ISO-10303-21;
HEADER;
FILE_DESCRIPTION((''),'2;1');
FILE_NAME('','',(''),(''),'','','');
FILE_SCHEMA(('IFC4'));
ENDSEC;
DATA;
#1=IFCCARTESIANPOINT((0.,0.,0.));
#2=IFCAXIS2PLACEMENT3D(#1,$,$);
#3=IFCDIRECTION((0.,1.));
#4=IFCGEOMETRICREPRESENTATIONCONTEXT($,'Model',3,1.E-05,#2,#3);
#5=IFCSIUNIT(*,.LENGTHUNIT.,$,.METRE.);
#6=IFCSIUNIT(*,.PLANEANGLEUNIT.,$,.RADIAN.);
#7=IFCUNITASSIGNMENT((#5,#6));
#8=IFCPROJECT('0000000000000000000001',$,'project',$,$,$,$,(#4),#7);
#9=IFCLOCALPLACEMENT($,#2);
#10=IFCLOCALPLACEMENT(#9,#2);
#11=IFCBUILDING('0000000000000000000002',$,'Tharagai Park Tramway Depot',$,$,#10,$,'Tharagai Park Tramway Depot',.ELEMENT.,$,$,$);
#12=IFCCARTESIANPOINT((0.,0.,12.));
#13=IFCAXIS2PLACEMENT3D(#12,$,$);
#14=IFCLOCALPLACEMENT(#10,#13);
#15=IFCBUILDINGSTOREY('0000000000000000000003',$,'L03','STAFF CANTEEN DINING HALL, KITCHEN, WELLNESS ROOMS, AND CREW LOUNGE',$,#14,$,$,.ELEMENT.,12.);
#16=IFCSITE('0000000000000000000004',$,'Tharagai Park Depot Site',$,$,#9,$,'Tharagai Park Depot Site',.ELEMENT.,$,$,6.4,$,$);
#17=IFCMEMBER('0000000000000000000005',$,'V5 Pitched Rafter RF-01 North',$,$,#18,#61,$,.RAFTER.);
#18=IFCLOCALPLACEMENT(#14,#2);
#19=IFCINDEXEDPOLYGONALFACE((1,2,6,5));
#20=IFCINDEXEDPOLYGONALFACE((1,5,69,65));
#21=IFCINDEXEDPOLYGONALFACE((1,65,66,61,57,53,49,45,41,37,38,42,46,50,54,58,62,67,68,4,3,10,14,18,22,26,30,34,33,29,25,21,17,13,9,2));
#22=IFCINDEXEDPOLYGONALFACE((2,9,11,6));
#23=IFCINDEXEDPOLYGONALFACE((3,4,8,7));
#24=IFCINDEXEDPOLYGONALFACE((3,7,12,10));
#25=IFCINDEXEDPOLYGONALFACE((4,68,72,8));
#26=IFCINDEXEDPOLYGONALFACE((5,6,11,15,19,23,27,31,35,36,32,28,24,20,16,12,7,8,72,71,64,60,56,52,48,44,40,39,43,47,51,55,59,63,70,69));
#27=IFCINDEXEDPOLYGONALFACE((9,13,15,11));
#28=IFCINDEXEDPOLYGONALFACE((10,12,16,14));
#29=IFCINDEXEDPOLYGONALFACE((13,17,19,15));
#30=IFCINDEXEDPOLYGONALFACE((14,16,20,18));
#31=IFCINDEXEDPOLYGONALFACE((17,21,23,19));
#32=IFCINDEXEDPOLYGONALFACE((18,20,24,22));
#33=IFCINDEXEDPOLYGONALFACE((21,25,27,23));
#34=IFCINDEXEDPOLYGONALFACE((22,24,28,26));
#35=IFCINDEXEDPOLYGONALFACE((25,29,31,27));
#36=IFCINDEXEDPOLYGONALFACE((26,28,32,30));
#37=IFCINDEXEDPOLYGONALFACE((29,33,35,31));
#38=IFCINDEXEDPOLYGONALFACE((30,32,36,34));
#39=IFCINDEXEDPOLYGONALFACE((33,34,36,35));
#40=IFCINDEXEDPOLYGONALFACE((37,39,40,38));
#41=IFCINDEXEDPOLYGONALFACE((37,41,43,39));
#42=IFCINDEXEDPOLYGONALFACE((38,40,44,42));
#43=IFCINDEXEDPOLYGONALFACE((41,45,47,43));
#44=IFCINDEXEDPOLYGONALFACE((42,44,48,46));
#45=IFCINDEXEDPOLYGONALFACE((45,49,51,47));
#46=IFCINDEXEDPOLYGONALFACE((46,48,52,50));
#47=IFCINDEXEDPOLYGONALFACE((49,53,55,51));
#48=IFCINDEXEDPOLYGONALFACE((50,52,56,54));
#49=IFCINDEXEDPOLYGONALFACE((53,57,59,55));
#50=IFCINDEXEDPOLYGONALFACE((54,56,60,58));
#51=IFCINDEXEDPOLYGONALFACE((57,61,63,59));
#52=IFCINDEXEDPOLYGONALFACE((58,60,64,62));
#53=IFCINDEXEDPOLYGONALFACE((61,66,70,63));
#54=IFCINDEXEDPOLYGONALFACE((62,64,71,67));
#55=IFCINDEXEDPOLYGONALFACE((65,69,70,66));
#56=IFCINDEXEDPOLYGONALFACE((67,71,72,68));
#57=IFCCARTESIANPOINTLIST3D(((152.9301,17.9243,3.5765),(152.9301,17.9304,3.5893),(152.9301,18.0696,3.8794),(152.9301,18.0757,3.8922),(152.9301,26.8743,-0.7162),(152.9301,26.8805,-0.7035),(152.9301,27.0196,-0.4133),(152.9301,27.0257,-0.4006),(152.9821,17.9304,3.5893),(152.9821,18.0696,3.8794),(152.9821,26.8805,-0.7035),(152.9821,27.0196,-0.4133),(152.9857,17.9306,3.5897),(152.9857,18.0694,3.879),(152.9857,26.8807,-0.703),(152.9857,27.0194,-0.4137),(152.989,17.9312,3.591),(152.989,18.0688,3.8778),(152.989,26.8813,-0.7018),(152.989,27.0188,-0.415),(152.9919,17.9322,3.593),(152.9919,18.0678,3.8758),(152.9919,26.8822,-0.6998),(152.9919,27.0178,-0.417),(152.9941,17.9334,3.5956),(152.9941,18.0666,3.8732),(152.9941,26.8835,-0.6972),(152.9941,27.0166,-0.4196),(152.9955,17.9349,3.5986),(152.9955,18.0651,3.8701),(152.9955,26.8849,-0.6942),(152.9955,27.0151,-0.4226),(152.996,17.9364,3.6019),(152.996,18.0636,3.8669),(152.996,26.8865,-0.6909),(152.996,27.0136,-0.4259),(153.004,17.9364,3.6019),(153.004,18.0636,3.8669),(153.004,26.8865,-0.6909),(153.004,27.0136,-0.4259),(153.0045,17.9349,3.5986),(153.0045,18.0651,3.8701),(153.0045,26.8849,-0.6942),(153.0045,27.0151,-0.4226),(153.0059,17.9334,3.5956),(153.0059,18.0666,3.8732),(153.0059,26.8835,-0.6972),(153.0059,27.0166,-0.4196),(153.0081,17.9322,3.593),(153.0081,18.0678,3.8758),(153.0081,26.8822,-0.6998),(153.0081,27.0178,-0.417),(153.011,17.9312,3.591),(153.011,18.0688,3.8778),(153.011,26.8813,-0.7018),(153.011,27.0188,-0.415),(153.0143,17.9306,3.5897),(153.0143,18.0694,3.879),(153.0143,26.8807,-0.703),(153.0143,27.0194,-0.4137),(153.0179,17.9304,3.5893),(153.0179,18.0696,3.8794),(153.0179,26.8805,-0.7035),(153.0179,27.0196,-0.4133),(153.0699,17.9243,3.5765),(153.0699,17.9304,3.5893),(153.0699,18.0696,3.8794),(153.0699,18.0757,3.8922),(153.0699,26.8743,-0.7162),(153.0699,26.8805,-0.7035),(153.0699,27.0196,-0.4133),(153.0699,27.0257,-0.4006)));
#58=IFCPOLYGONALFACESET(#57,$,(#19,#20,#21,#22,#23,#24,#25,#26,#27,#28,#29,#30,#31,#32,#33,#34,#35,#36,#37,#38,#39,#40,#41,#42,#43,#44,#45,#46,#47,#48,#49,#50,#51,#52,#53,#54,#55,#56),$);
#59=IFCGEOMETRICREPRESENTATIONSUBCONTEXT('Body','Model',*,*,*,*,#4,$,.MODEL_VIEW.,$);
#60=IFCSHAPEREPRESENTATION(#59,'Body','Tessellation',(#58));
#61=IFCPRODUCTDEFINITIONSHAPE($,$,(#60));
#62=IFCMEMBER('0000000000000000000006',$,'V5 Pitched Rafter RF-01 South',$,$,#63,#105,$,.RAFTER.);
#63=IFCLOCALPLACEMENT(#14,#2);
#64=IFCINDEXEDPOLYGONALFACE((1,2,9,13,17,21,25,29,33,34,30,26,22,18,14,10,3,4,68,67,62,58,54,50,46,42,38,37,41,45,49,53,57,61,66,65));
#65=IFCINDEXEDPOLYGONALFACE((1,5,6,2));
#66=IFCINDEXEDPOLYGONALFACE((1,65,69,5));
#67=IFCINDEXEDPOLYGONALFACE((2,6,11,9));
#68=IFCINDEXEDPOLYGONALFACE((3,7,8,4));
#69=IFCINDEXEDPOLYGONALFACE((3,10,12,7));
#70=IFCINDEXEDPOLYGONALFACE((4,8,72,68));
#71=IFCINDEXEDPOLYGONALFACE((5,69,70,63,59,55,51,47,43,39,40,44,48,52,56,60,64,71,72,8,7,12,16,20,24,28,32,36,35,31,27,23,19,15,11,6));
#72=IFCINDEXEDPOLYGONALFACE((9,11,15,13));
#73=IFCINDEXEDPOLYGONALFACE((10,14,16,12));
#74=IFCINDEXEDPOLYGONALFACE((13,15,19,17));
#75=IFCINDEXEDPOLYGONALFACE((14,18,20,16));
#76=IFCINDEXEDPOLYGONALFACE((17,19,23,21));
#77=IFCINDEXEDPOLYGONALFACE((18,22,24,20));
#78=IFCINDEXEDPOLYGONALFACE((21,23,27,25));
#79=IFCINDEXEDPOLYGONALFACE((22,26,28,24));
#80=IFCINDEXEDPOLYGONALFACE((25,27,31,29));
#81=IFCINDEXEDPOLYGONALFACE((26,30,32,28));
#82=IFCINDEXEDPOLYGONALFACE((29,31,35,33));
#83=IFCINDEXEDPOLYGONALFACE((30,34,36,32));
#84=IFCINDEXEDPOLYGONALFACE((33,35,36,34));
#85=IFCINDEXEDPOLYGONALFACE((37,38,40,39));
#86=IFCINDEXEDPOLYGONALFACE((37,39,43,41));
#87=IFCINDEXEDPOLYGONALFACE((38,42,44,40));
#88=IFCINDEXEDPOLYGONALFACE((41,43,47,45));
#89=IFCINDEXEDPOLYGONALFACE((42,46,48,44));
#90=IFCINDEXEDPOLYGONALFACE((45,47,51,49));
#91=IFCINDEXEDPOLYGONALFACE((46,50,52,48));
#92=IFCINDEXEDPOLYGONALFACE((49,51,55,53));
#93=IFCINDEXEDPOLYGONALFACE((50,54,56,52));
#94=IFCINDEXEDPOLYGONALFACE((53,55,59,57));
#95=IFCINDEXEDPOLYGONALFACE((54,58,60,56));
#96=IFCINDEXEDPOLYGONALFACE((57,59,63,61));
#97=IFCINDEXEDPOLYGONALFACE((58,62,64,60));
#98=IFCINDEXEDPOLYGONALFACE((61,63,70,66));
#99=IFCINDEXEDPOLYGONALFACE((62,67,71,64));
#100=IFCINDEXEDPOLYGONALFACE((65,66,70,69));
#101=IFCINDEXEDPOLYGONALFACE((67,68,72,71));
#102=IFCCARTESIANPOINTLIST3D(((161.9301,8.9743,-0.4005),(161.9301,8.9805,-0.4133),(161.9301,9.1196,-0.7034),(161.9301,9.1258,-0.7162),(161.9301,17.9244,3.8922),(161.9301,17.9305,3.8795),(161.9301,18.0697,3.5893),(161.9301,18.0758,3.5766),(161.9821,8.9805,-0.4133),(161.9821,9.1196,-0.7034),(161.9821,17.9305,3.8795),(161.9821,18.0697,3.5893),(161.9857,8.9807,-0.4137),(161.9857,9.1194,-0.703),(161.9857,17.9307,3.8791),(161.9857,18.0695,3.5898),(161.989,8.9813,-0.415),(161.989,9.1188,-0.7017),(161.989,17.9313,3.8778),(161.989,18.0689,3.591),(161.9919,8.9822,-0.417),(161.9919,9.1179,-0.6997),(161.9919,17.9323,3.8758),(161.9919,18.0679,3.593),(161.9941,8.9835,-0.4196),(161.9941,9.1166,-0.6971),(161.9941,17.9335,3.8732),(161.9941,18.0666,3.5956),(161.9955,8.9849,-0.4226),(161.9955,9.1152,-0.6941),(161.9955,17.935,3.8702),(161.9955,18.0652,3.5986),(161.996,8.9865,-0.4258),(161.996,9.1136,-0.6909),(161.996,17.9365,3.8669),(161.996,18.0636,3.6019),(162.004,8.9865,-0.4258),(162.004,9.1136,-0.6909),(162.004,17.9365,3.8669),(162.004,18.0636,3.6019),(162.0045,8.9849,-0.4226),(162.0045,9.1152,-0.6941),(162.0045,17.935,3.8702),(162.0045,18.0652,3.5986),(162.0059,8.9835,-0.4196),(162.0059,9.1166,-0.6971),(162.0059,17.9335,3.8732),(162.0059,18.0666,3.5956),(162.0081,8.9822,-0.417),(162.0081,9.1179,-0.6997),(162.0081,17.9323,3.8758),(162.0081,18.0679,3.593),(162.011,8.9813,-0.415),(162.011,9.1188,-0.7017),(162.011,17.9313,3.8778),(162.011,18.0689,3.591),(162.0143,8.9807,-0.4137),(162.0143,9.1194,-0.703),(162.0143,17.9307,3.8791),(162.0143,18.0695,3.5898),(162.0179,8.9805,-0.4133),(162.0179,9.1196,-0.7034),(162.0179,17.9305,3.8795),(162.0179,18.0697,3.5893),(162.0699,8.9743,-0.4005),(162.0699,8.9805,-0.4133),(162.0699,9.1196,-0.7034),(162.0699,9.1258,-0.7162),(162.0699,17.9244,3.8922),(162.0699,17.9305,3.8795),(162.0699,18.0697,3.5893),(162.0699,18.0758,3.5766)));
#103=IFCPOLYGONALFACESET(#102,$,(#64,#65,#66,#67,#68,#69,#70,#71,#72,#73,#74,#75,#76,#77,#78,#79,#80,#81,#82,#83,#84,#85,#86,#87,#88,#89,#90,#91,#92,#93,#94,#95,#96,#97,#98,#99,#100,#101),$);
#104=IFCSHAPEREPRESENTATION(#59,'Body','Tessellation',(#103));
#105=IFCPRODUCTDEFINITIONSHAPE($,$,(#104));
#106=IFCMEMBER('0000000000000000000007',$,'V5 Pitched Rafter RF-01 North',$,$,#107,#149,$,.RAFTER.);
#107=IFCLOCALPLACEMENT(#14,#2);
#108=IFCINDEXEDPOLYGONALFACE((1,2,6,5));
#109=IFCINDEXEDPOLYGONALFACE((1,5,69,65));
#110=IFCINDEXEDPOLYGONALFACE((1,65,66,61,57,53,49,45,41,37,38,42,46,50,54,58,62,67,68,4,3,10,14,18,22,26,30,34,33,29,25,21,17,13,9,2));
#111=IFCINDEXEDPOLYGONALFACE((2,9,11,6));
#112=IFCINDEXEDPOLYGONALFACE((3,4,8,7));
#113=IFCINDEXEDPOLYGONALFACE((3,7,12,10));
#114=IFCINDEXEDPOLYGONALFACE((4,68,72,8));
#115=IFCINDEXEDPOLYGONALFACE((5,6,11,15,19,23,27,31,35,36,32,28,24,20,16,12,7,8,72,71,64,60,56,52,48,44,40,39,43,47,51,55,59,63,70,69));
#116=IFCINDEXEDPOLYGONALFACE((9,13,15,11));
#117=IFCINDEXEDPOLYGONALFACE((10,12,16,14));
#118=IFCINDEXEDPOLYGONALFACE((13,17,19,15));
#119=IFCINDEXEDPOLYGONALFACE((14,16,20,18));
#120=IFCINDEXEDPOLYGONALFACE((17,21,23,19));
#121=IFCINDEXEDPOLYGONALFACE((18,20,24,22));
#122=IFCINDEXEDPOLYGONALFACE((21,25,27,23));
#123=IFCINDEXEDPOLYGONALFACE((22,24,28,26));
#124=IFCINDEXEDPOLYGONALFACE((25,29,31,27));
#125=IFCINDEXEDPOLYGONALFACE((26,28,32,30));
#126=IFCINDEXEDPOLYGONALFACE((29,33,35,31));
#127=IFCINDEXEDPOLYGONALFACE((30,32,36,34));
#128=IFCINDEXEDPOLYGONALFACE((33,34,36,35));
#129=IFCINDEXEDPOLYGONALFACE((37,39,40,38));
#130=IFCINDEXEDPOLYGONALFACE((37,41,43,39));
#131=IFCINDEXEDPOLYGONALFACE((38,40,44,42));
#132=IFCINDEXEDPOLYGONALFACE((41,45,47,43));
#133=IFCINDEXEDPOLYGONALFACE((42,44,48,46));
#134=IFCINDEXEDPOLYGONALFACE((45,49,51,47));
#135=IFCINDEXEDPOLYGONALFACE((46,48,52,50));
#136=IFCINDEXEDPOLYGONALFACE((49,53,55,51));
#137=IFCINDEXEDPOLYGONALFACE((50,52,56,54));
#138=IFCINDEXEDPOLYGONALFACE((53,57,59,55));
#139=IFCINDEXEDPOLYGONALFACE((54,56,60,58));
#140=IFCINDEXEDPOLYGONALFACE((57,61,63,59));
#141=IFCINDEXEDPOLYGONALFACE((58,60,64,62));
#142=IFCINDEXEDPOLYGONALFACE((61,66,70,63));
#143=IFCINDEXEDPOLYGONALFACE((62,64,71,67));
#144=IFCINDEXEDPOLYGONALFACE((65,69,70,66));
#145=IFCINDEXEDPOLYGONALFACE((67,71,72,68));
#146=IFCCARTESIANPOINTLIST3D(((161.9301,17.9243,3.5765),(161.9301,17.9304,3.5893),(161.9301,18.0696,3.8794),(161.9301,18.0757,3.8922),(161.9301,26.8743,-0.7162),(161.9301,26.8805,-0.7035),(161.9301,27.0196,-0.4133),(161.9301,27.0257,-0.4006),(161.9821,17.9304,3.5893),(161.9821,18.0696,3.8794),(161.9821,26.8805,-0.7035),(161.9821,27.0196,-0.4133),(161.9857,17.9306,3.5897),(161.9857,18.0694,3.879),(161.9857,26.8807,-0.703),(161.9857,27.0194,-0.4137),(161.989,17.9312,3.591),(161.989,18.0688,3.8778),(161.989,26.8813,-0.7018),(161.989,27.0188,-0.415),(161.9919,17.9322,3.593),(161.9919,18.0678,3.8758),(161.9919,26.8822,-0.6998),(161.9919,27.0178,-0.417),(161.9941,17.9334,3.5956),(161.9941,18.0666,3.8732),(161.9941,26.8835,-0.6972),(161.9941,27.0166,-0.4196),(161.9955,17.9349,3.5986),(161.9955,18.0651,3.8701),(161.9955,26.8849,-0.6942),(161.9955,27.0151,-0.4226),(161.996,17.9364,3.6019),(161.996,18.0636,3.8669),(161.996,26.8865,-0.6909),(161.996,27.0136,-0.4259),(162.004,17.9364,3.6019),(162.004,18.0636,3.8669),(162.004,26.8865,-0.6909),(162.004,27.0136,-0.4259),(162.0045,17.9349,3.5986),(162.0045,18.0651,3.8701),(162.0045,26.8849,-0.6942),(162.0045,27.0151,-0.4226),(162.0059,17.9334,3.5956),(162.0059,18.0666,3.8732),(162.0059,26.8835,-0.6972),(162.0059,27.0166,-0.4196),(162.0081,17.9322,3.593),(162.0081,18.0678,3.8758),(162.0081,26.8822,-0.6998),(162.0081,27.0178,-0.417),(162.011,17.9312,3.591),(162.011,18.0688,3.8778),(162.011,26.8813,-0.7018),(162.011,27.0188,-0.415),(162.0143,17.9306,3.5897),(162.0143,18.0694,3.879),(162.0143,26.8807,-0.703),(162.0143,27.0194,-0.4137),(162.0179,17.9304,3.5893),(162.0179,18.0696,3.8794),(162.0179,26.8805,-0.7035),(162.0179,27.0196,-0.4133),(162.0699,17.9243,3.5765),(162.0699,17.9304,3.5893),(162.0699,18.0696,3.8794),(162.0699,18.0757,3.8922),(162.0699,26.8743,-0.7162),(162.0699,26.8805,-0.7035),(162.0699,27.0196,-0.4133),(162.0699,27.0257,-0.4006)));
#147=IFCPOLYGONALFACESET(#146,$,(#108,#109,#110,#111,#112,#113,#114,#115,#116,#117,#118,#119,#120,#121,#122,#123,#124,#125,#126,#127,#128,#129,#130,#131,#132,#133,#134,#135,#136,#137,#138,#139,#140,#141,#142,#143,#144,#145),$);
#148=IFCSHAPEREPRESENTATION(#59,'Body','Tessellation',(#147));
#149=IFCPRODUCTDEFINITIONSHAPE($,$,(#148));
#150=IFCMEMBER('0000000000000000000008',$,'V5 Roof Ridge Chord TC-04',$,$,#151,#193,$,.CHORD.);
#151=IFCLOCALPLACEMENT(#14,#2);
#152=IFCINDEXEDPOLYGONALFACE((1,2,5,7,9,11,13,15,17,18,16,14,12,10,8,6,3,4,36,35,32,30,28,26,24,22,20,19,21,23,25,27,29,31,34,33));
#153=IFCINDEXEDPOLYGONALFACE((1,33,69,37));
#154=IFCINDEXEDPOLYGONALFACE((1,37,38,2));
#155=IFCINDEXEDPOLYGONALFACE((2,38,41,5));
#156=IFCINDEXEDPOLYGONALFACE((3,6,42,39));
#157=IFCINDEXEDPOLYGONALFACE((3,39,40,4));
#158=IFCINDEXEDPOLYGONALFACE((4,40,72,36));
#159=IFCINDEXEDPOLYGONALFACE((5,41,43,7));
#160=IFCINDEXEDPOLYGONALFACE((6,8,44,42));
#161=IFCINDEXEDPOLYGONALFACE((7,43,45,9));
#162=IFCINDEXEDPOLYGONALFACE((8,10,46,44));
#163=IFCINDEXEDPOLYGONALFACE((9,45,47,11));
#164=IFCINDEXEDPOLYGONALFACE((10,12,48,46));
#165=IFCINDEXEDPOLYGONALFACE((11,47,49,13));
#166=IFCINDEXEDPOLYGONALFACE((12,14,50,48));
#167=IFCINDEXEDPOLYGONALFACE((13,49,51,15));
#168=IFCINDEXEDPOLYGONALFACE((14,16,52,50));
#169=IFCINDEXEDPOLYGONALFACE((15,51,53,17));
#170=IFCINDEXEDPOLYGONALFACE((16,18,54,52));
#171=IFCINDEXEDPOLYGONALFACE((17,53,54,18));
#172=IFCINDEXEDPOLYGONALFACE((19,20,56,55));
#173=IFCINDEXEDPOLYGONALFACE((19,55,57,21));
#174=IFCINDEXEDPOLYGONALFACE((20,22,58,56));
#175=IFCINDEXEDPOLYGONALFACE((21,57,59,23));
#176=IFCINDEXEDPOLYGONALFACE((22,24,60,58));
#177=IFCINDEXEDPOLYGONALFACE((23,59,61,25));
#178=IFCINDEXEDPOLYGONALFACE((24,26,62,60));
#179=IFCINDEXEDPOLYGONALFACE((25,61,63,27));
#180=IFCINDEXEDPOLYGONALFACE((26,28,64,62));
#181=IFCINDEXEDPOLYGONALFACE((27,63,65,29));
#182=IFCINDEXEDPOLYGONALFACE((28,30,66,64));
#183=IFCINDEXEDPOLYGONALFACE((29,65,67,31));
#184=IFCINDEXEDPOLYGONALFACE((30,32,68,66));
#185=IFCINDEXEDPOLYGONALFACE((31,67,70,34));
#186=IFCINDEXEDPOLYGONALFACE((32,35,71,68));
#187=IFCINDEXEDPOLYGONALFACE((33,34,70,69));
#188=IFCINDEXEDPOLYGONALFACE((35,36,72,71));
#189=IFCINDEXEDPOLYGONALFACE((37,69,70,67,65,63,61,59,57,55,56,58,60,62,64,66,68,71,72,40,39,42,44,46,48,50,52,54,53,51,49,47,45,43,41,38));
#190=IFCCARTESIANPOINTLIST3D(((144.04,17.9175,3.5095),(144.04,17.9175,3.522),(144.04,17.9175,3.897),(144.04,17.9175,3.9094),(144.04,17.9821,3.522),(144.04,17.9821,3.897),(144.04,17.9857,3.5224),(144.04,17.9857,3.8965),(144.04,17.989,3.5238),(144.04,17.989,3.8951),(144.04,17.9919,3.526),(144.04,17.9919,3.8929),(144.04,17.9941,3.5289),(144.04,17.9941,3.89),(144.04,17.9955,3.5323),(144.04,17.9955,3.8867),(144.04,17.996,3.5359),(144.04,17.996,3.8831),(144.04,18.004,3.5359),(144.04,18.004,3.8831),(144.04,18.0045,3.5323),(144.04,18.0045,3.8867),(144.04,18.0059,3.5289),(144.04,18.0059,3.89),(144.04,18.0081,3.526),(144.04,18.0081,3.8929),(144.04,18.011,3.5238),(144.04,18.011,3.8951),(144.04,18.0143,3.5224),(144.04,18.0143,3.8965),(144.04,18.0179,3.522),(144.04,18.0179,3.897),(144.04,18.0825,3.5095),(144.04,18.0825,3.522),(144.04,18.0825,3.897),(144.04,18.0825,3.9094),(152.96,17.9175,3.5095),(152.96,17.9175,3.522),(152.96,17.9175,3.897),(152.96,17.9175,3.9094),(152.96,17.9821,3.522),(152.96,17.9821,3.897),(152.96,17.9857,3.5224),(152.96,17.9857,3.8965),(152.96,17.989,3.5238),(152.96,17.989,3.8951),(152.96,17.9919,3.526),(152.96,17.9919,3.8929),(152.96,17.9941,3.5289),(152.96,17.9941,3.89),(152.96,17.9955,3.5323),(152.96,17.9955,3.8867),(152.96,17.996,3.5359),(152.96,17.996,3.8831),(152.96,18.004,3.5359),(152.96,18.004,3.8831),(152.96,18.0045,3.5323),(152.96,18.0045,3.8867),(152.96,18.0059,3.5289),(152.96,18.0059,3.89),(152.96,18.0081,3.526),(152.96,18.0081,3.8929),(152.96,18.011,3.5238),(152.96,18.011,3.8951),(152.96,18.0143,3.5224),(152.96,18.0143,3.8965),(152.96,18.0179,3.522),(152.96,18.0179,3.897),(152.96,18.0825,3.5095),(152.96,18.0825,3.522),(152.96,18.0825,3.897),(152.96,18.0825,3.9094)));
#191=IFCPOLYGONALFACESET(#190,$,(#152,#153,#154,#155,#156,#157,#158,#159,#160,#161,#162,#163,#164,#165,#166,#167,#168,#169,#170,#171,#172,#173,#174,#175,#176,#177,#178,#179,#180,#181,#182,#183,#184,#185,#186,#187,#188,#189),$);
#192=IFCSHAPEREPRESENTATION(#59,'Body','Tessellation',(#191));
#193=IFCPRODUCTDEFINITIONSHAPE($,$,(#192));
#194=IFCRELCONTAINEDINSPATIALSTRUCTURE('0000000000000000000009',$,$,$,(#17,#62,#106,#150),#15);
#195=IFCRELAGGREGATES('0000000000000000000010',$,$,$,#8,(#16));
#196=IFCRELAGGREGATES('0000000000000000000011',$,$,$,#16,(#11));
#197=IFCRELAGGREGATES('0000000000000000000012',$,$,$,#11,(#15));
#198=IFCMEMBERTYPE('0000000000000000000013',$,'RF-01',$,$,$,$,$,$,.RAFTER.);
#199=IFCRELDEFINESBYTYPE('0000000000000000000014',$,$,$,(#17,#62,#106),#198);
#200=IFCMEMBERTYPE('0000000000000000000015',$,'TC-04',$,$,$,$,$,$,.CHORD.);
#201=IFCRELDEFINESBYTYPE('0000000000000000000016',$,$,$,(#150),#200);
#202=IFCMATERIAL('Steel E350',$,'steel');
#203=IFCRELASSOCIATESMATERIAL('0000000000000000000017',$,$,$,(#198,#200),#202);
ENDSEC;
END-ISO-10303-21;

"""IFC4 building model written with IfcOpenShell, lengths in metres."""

from ifc_helpers import new_model, si_unit, direction, frame, origin, origin_2d, place, context, subcontext, project, spatial, i_section, extrude, material, material_profile, profile_set, type_object, element, save


model = new_model("IFC4")

# Units and contexts
model_context = context("Model", 3, precision=1e-05, world=origin(), true_north=direction((0.0, 1.0)))
body_context = subcontext(model_context, "Body", "Model", "MODEL_VIEW")
ifc_project = project(units=[si_unit("LENGTHUNIT", "METRE"), si_unit("PLANEANGLEUNIT", "RADIAN")], contexts=[model_context])

# Site, building, storey
site_placement = place(None, origin())
site = spatial("IfcSite", under=ifc_project, at=site_placement, Name="Tharagai Park Depot Site", LongName="Tharagai Park Depot Site", CompositionType="ELEMENT", RefElevation=6.4)
building_placement = place(site_placement, origin())
building = spatial("IfcBuilding", under=site, at=building_placement, Name="Tharagai Park Tramway Depot", LongName="Tharagai Park Tramway Depot", CompositionType="ELEMENT")
storey_placement = place(building_placement, frame((0.0, 0.0, 12.0)))
storey = spatial("IfcBuildingStorey", under=building, at=storey_placement, Name="L03", Description="STAFF CANTEEN DINING HALL, KITCHEN, WELLNESS ROOMS, AND CREW LOUNGE", CompositionType="ELEMENT", Elevation=12.0)

# Shared definitions
ifc_material_1 = material(Name="Steel E350", Category="steel")

# Members
ifc_material_profile_1 = material_profile(ifc_material_1, i_section(OverallWidth=0.1399, OverallDepth=0.3501, WebThickness=0.0081, FlangeThickness=0.0142, FilletRadius=0.0139, at=origin_2d()), Name="ISMB 350")
ifc_profile_set_1 = profile_set([ifc_material_profile_1], Name="Steel E350")
member_type_1 = type_object("IfcMemberType", Name="RF-01", PredefinedType="RAFTER", material=ifc_profile_set_1)
for number, where, z_axis, x_axis, name in (
    (1, (153.0, 18.0, 3.7344), (0.0, 0.901651, -0.432465), (-1.0, 0.0, 0.0), "V5 Pitched Rafter RF-01 North"),
    (2, (162.0, 9.05, -0.5583), (0.0, 0.901651, 0.432465), (-1.0, 0.0, 0.0), "V5 Pitched Rafter RF-01 South"),
    (3, (162.0, 18.0, 3.7344), (0.0, 0.901651, -0.432465), (-1.0, 0.0, 0.0), "V5 Pitched Rafter RF-01 North"),
):
    element("IfcMember", number, at=place(storey_placement, frame(where, z_axis=z_axis, x_axis=x_axis)), inside=storey, type_object=member_type_1, Name=name, PredefinedType="RAFTER", context=body_context, shape_type="SweptSolid", body=[
        extrude(i_section(OverallWidth=0.1399, OverallDepth=0.3501, WebThickness=0.0081, FlangeThickness=0.0142, FilletRadius=0.0139, at=origin_2d()), origin(), (0.0, 0.0, 1.0), 9.9263),
    ])
ifc_material_profile_2 = material_profile(ifc_material_1, i_section(OverallWidth=0.165, OverallDepth=0.3999, WebThickness=0.0081, FlangeThickness=0.0125, FilletRadius=0.0139, at=origin_2d()), Name="ISLB 400")
ifc_profile_set_2 = profile_set([ifc_material_profile_2], Name="Steel E350")
member_type_2 = type_object("IfcMemberType", Name="TC-04", PredefinedType="CHORD", material=ifc_profile_set_2)
for number, where, z_axis, x_axis, name in (
    (4, (144.04, 18.0, 3.7095), (1.0, 0.0, 0.0), (0.0, 1.0, 0.0), "V5 Roof Ridge Chord TC-04"),
):
    element("IfcMember", number, at=place(storey_placement, frame(where, z_axis=z_axis, x_axis=x_axis)), inside=storey, type_object=member_type_2, Name=name, PredefinedType="CHORD", context=body_context, shape_type="SweptSolid", body=[
        extrude(i_section(OverallWidth=0.165, OverallDepth=0.3999, WebThickness=0.0081, FlangeThickness=0.0125, FilletRadius=0.0139, at=origin_2d()), origin(), (0.0, 0.0, 1.0), 8.9199),
    ])

save(model, "model.ifc")
